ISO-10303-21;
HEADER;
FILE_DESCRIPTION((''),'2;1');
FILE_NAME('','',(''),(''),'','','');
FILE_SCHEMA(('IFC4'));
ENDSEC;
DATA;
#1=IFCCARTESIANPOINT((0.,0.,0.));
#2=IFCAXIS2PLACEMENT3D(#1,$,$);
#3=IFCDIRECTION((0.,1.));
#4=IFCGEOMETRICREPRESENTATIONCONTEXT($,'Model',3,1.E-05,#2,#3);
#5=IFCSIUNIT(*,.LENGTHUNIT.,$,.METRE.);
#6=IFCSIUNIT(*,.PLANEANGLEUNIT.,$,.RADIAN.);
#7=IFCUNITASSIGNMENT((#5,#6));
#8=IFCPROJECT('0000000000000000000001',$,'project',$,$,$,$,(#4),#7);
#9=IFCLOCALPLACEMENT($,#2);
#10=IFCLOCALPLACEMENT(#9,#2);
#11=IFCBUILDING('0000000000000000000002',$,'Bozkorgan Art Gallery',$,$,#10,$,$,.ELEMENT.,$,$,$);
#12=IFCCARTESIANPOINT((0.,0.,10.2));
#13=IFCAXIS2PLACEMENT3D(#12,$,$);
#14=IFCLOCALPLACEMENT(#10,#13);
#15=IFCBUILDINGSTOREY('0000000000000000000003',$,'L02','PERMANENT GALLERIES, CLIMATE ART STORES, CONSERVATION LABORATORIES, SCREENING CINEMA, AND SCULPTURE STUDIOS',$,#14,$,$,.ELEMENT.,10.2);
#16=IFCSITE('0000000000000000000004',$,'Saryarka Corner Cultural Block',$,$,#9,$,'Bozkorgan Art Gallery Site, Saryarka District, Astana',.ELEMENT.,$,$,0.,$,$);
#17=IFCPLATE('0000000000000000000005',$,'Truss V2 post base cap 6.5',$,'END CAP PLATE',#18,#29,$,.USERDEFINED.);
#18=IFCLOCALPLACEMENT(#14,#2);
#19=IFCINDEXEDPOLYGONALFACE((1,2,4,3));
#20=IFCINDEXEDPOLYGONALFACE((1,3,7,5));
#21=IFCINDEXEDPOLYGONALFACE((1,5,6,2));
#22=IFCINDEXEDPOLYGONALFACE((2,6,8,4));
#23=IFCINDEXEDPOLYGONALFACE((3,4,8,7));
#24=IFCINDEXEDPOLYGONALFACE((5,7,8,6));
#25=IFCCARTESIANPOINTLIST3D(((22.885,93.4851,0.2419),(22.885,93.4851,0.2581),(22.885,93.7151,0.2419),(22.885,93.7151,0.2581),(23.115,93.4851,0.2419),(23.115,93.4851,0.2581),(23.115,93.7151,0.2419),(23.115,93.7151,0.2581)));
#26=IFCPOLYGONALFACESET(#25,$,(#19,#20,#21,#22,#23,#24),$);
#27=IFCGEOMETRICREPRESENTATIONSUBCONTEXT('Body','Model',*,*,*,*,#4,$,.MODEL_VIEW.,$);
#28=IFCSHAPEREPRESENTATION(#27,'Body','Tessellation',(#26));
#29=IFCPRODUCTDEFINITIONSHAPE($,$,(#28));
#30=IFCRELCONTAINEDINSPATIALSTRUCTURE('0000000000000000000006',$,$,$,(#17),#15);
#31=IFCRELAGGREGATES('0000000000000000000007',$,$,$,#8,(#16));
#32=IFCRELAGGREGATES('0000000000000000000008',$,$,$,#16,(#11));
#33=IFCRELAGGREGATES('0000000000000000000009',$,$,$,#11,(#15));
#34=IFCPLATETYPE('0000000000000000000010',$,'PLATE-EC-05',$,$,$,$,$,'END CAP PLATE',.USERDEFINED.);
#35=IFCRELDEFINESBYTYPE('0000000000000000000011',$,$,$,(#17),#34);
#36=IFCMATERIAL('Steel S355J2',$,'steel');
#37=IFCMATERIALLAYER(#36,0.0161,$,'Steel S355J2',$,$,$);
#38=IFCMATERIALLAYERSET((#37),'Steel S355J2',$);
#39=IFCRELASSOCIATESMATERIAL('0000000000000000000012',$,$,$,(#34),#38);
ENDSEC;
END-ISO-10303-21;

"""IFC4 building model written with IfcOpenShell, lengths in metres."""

from ifc_helpers import new_model, si_unit, direction, frame, origin, origin_2d, place, context, subcontext, project, spatial, rectangle, extrude, material, layer, layer_set, type_object, element, save


model = new_model("IFC4")

# Units and contexts
model_context = context("Model", 3, precision=1e-05, world=origin(), true_north=direction((0.0, 1.0)))
body_context = subcontext(model_context, "Body", "Model", "MODEL_VIEW")
ifc_project = project(units=[si_unit("LENGTHUNIT", "METRE"), si_unit("PLANEANGLEUNIT", "RADIAN")], contexts=[model_context])

# Site, building, storey
site_placement = place(None, origin())
site = spatial("IfcSite", under=ifc_project, at=site_placement, Name="Saryarka Corner Cultural Block", LongName="Bozkorgan Art Gallery Site, Saryarka District, Astana", CompositionType="ELEMENT", RefElevation=0.0)
building_placement = place(site_placement, origin())
building = spatial("IfcBuilding", under=site, at=building_placement, Name="Bozkorgan Art Gallery", CompositionType="ELEMENT")
storey_placement = place(building_placement, frame((0.0, 0.0, 10.2)))
storey = spatial("IfcBuildingStorey", under=building, at=storey_placement, Name="L02", Description="PERMANENT GALLERIES, CLIMATE ART STORES, CONSERVATION LABORATORIES, SCREENING CINEMA, AND SCULPTURE STUDIOS", CompositionType="ELEMENT", Elevation=10.2)

# Shared definitions
ifc_material_1 = material(Name="Steel S355J2", Category="steel")

# Plate
ifc_layer = layer(ifc_material_1, 0.0161, Name="Steel S355J2")
ifc_layer_set = layer_set([ifc_layer], Name="Steel S355J2")
plate_type = type_object("IfcPlateType", Name="PLATE-EC-05", ElementType="END CAP PLATE", PredefinedType="USERDEFINED", material=ifc_layer_set)
for number, where, z_axis, x_axis, name in (
    (1, (23.0, 93.6001, 0.2419), (0.0, 0.0, 1.0), (1.0, 0.0, 0.0), "Truss V2 post base cap 6.5"),
):
    element("IfcPlate", number, at=place(storey_placement, frame(where, z_axis=z_axis, x_axis=x_axis)), inside=storey, type_object=plate_type, Name=name, ObjectType="END CAP PLATE", PredefinedType="USERDEFINED", context=body_context, shape_type="SweptSolid", body=[
        extrude(rectangle(XDim=0.23, YDim=0.23, at=origin_2d()), origin(), (0.0, 0.0, 1.0), 0.0161),
    ])

save(model, "model.ifc")
